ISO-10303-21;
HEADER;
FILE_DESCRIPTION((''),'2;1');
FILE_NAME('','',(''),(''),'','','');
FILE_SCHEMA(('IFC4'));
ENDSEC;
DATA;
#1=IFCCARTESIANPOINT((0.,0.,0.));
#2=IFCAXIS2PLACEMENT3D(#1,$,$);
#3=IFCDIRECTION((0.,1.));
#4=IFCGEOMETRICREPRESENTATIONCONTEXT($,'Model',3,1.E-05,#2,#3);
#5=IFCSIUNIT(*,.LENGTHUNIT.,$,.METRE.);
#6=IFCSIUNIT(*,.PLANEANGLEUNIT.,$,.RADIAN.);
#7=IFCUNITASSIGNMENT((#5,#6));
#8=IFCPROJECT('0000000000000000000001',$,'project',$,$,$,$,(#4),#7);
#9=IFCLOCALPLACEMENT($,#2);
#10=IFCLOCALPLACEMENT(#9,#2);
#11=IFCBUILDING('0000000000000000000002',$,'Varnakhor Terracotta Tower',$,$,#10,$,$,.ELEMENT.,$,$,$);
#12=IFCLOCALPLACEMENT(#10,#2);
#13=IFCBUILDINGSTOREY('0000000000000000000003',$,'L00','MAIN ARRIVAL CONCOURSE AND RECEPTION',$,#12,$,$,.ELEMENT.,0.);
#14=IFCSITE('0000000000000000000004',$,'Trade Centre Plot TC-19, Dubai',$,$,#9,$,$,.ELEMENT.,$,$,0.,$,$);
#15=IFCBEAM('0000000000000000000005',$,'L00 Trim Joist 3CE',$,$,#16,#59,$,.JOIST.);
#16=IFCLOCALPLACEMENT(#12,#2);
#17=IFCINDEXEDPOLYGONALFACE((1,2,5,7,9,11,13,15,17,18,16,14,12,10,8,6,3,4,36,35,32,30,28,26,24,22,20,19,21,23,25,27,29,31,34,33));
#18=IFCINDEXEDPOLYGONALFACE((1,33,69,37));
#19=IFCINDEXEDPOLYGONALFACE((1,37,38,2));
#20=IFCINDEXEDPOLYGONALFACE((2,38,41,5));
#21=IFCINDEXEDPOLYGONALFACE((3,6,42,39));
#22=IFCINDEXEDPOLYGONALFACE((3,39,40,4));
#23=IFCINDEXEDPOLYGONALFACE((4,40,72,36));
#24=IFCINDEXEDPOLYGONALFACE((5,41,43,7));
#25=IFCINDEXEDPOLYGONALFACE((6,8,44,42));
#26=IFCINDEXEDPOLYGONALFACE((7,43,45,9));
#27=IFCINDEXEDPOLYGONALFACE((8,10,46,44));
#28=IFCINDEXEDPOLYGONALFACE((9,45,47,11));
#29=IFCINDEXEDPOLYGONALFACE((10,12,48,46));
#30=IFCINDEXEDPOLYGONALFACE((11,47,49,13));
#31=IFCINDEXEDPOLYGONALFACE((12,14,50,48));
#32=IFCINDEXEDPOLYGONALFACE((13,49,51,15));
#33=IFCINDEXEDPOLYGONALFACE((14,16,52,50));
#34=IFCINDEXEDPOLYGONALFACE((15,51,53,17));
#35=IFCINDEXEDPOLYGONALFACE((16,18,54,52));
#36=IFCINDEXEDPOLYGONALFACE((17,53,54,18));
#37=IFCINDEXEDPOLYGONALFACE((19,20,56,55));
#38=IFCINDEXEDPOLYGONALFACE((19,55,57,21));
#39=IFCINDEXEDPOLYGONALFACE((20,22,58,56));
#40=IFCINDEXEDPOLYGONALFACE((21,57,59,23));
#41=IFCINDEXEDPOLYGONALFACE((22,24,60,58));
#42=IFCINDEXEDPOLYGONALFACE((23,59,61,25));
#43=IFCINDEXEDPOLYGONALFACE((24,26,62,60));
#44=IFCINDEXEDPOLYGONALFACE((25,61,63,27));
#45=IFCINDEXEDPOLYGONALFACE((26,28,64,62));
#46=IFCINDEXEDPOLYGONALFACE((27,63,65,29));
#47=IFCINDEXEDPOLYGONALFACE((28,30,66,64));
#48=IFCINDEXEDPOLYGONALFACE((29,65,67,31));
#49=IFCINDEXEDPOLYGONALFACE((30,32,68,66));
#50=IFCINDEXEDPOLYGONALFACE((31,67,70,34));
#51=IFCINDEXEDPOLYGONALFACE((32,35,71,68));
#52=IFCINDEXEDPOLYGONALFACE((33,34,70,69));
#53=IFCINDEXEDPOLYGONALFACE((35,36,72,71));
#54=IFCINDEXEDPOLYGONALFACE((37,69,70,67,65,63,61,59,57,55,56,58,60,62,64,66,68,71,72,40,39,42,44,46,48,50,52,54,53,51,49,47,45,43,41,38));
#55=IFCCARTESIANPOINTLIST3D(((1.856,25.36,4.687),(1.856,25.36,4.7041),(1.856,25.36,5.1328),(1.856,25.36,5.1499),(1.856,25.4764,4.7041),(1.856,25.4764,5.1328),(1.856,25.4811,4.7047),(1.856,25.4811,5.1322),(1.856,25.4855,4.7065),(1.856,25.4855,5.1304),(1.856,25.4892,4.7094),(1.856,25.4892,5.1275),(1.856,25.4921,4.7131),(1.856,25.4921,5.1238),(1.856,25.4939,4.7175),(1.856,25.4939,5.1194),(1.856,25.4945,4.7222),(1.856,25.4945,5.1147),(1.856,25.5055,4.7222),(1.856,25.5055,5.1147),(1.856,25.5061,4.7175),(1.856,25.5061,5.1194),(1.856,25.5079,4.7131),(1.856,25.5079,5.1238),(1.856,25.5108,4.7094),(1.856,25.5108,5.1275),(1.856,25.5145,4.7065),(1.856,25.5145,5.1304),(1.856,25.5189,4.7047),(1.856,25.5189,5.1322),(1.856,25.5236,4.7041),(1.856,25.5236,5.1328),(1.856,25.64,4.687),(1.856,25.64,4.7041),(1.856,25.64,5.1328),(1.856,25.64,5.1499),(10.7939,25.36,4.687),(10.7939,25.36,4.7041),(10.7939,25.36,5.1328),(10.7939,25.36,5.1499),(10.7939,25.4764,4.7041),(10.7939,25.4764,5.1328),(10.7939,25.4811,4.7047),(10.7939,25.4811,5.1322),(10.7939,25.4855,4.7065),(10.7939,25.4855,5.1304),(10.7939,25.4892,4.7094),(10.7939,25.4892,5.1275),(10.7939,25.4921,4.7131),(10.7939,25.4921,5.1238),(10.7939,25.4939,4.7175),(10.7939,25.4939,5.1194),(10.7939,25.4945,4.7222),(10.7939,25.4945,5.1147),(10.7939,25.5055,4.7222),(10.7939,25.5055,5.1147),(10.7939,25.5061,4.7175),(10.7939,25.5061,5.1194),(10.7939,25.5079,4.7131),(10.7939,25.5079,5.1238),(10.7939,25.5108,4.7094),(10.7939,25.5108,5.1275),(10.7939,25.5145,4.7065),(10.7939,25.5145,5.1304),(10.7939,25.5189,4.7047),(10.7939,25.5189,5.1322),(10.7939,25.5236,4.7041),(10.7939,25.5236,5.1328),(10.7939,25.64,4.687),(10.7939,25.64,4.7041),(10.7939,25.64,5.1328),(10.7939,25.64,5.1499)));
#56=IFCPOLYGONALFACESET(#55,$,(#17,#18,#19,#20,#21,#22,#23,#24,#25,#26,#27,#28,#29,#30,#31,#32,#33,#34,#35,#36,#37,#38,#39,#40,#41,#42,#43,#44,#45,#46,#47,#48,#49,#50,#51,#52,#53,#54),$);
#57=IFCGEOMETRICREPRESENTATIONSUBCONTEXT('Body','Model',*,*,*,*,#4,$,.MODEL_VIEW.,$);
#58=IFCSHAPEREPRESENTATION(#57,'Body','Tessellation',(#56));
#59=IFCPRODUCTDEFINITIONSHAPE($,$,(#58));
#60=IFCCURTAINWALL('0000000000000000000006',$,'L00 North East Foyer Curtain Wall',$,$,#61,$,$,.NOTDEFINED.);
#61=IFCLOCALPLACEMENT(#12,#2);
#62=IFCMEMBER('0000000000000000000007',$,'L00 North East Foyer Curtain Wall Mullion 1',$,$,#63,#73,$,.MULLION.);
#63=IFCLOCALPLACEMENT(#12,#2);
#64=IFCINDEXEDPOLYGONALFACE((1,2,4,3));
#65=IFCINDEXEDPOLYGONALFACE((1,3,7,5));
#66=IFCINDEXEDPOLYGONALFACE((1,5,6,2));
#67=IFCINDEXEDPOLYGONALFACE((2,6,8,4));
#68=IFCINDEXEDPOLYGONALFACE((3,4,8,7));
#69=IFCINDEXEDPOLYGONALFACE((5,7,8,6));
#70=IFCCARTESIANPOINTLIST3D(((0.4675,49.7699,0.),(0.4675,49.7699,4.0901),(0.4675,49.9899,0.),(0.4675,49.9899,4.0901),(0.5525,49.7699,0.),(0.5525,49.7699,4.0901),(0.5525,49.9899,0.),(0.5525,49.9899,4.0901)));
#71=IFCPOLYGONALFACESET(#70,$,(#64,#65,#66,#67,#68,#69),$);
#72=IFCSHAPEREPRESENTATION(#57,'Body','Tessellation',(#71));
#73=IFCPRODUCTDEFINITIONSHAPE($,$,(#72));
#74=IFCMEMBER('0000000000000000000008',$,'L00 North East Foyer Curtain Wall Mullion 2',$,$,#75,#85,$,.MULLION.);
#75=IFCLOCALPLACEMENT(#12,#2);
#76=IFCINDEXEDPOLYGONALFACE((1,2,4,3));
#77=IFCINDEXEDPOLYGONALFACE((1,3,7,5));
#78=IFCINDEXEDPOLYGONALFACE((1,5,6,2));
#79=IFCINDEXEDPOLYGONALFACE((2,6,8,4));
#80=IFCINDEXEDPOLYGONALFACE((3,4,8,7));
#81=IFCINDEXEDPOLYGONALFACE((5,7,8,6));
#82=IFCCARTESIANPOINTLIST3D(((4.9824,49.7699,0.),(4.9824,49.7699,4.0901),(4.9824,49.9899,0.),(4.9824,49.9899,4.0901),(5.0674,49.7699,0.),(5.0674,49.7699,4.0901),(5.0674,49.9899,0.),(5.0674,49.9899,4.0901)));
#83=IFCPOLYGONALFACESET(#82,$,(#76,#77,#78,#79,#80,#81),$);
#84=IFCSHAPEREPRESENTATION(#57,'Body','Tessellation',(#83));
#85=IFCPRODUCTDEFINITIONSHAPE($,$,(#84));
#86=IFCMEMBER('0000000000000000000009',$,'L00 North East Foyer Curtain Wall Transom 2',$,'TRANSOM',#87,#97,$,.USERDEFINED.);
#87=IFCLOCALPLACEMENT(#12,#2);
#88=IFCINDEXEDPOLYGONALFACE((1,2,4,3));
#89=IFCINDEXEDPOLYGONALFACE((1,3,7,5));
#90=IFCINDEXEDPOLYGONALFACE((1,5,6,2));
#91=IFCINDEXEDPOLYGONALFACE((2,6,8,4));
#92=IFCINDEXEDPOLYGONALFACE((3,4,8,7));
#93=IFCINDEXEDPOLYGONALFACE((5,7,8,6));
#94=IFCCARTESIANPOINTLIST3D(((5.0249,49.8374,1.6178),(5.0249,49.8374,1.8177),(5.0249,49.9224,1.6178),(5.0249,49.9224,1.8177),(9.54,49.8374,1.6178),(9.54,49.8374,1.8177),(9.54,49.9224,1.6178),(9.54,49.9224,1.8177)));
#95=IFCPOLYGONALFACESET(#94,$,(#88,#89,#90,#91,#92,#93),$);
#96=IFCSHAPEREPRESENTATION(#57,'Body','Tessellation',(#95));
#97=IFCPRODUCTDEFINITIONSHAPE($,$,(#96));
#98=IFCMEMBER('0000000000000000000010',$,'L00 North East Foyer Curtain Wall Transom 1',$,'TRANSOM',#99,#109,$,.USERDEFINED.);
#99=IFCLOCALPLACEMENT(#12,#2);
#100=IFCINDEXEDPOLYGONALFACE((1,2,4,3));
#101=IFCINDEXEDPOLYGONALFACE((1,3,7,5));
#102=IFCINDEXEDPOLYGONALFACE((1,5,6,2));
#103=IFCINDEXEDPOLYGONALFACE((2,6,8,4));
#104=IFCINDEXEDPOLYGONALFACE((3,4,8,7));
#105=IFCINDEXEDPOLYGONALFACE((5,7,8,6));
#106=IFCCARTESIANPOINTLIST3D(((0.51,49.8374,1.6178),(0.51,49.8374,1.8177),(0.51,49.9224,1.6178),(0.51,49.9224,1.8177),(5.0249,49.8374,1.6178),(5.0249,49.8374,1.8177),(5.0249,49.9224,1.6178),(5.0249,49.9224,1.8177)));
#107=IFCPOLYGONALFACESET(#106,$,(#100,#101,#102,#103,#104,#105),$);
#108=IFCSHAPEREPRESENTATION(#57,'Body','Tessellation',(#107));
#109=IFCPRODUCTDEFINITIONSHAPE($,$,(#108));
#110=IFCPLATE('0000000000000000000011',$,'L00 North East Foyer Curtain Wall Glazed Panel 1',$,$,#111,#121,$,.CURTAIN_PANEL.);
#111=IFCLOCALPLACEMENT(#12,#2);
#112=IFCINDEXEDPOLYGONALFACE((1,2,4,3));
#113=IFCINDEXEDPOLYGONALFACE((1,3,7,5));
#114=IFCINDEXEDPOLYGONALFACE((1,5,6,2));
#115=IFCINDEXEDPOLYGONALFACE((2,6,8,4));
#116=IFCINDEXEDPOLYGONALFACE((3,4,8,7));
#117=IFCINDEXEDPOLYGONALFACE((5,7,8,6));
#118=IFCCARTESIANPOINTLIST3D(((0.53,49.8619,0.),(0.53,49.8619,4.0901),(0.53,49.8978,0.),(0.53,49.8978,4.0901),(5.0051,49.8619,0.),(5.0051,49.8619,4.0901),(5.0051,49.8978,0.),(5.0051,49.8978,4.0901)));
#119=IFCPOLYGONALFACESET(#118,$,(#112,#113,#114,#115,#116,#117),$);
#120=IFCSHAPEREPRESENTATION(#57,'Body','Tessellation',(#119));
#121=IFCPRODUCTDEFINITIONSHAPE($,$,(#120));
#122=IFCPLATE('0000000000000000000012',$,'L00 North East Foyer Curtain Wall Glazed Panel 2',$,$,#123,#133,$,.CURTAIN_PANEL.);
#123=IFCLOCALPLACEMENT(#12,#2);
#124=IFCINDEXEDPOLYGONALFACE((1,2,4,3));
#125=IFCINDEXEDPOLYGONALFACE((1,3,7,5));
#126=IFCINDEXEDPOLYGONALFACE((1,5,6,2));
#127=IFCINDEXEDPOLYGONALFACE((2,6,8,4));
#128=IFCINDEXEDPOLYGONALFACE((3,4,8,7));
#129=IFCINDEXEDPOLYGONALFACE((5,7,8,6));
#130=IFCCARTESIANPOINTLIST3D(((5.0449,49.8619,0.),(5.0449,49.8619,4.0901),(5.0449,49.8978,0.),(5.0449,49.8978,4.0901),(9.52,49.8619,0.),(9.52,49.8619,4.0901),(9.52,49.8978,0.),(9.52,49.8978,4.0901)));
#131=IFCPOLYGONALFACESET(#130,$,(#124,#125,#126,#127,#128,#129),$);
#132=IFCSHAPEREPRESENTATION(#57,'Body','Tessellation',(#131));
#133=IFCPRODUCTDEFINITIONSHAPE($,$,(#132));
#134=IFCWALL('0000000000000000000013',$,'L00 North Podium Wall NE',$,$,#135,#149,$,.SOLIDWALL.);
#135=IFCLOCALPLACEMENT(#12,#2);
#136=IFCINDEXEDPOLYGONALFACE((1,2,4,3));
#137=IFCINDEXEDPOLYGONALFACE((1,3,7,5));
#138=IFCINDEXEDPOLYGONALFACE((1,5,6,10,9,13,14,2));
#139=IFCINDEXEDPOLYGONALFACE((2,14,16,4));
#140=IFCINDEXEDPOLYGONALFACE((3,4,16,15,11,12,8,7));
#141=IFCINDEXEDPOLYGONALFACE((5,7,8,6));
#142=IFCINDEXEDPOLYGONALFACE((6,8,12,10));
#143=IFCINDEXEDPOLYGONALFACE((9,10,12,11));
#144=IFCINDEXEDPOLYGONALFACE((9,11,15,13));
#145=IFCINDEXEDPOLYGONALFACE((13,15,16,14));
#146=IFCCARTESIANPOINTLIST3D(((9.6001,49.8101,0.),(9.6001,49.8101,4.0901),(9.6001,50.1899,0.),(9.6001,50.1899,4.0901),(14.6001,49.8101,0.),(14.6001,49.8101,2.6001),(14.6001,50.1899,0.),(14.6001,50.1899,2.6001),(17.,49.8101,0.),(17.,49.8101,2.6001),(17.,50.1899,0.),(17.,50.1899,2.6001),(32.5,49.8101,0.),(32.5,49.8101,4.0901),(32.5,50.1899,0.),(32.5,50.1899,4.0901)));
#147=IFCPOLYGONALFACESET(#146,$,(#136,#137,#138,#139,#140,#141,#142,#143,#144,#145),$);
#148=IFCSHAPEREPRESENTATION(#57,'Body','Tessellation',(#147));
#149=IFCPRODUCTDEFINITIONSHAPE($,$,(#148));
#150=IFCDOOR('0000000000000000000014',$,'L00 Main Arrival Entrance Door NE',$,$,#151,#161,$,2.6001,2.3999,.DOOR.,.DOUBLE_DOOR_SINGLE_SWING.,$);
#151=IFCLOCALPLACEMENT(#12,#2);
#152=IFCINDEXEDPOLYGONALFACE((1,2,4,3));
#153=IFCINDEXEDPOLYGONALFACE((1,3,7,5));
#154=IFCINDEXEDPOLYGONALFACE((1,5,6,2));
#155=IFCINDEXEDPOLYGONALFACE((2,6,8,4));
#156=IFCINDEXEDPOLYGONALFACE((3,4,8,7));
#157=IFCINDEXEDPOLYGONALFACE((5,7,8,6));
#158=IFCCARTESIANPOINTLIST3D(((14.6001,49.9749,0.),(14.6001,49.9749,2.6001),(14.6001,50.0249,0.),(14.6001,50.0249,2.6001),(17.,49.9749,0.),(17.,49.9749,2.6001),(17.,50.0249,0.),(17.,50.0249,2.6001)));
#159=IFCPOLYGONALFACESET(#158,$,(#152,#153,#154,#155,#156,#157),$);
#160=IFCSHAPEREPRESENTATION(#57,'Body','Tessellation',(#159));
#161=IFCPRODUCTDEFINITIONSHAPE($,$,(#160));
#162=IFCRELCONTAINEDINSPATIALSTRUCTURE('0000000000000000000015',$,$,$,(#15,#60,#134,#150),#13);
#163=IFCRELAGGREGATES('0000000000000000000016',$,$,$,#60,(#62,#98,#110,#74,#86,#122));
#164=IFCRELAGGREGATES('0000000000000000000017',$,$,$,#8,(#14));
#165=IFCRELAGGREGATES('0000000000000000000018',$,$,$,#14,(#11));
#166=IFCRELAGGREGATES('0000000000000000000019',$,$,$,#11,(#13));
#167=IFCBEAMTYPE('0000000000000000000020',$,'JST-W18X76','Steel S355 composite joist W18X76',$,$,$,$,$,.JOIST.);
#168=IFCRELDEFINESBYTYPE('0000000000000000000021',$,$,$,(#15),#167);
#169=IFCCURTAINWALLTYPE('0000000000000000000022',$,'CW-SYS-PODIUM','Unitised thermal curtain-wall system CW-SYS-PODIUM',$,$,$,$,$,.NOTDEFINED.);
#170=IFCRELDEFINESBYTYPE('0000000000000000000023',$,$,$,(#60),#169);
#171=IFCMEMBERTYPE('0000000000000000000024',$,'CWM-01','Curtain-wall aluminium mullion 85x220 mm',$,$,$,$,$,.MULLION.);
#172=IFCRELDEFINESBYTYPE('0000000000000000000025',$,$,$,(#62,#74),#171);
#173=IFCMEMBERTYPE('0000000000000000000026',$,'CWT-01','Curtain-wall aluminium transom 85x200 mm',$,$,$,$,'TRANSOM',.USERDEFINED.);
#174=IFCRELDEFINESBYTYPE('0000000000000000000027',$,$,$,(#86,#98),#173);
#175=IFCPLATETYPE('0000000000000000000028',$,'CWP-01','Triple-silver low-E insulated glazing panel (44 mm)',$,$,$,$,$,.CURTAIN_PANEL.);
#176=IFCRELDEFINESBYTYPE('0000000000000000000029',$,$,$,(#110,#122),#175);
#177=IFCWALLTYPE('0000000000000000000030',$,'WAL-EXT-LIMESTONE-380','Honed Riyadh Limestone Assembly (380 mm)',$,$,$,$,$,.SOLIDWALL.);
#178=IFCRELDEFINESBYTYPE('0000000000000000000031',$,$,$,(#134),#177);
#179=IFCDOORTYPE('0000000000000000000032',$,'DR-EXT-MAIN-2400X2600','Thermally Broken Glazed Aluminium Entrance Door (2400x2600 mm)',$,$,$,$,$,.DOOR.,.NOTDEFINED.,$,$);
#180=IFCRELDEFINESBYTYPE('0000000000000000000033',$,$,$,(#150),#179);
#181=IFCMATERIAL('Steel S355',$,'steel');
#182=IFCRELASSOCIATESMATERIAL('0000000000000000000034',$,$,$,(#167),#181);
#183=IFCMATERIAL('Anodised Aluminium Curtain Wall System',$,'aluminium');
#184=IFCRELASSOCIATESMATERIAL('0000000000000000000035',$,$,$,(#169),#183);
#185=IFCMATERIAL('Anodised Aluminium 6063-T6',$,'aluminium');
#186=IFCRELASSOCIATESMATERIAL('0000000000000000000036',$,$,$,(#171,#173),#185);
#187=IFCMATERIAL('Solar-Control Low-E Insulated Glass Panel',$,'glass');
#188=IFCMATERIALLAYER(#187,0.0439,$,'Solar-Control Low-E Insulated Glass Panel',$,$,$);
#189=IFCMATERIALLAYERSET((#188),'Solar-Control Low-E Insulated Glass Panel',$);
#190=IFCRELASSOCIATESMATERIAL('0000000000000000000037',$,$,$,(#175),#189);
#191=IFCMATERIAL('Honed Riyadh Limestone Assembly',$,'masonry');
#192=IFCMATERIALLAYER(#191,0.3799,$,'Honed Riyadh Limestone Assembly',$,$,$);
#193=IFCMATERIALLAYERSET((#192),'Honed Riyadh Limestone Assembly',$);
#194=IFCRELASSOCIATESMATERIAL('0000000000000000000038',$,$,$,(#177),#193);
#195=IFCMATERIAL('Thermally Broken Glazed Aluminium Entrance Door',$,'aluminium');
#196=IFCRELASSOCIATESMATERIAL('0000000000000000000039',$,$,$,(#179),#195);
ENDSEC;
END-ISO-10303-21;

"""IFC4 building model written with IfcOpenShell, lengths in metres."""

from ifc_helpers import new_model, si_unit, direction, frame, frame_2d, origin, origin_2d, place, context, subcontext, project, spatial, rectangle, i_section, extrude, source, transform, mapped, material, layer, layer_set, material_profile, profile_set, type_object, type_shapes, element, fill, aggregate, save


model = new_model("IFC4")

# Units and contexts
model_context = context("Model", 3, precision=1e-05, world=origin(), true_north=direction((0.0, 1.0)))
body_context = subcontext(model_context, "Body", "Model", "MODEL_VIEW")
ifc_project = project(units=[si_unit("LENGTHUNIT", "METRE"), si_unit("PLANEANGLEUNIT", "RADIAN")], contexts=[model_context])

# Site, building, storey
site_placement = place(None, origin())
site = spatial("IfcSite", under=ifc_project, at=site_placement, Name="Trade Centre Plot TC-19, Dubai", CompositionType="ELEMENT", RefElevation=0.0)
building_placement = place(site_placement, origin())
building = spatial("IfcBuilding", under=site, at=building_placement, Name="Varnakhor Terracotta Tower", CompositionType="ELEMENT")
storey_placement = place(building_placement, origin())
storey = spatial("IfcBuildingStorey", under=building, at=storey_placement, Name="L00", Description="MAIN ARRIVAL CONCOURSE AND RECEPTION", CompositionType="ELEMENT", Elevation=0.0)

# Shared definitions
ifc_material_1 = material(Name="Steel S355", Category="steel")

# Beam
ifc_material_profile_1 = material_profile(ifc_material_1, i_section(OverallWidth=0.28, OverallDepth=0.4629, WebThickness=0.011, FlangeThickness=0.0171, FilletRadius=0.0181, at=origin_2d()), Name="W18X76")
ifc_profile_set_1 = profile_set([ifc_material_profile_1], Name="Steel S355")
beam_type_1 = type_object("IfcBeamType", Name="JST-W18X76", Description="Steel S355 composite joist W18X76", PredefinedType="JOIST", material=ifc_profile_set_1)
shared_shape_1 = source(origin(), body_context, "Body", "SweptSolid", [
    extrude(i_section(OverallWidth=0.28, OverallDepth=0.4629, WebThickness=0.011, FlangeThickness=0.0171, FilletRadius=0.0181, at=origin_2d()), origin(), (0.0, 0.0, 1.0), 8.938),
])
for number, where, z_axis, x_axis, name in (
    (1, (1.856, 25.5, 4.9185), (1.0, 0.0, 0.0), (0.0, 1.0, 0.0), "L00 Trim Joist 3CE"),
):
    element("IfcBeam", number, at=place(storey_placement, frame(where, z_axis=z_axis, x_axis=x_axis)), inside=storey, type_object=beam_type_1, Name=name, PredefinedType="JOIST", context=body_context, shape_type="MappedRepresentation", body=[
        mapped(shared_shape_1, transform((0.0, 0.0, 0.0), scale=1.0)),
    ])

# Curtain wall, members, plates
ifc_material_2 = material(Name="Anodised Aluminium Curtain Wall System", Category="aluminium")
curtain_wall_type = type_object("IfcCurtainWallType", Name="CW-SYS-PODIUM", Description="Unitised thermal curtain-wall system CW-SYS-PODIUM", PredefinedType="NOTDEFINED", material=ifc_material_2)
curtain_wall_placement = place(storey_placement, origin())
curtain_wall = element("IfcCurtainWall", 2, at=curtain_wall_placement, inside=storey, type_object=curtain_wall_type, Name="L00 North East Foyer Curtain Wall", PredefinedType="NOTDEFINED")
ifc_material_3 = material(Name="Anodised Aluminium 6063-T6", Category="aluminium")
ifc_material_profile_2 = material_profile(ifc_material_3, rectangle(XDim=0.085, YDim=0.22, at=origin_2d()), Name="ALU MULLION 85x220")
ifc_profile_set_2 = profile_set([ifc_material_profile_2], Name="Anodised Aluminium 6063-T6")
member_type_1 = type_object("IfcMemberType", Name="CWM-01", Description="Curtain-wall aluminium mullion 85x220 mm", PredefinedType="MULLION", material=ifc_profile_set_2)
shared_shape_2 = source(origin(), body_context, "Body", "SweptSolid", [
    extrude(rectangle(XDim=0.085, YDim=0.22, at=origin_2d()), origin(), (0.0, 0.0, 1.0), 4.0901),
])
type_shapes(member_type_1, [shared_shape_2])
member_1_placement = place(storey_placement, frame((0.51, 49.8799, 0.0), z_axis=(0.0, 0.0, 1.0), x_axis=(1.0, 0.0, 0.0)))
member_1 = element("IfcMember", 3, at=member_1_placement, type_object=member_type_1, Name="L00 North East Foyer Curtain Wall Mullion 1", PredefinedType="MULLION", context=body_context, shape_type="MappedRepresentation", body=[
    mapped(shared_shape_2, transform((0.0, 0.0, 0.0), scale=1.0)),
])
member_2_placement = place(storey_placement, frame((5.0249, 49.8799, 0.0), z_axis=(0.0, 0.0, 1.0), x_axis=(1.0, 0.0, 0.0)))
member_2 = element("IfcMember", 4, at=member_2_placement, type_object=member_type_1, Name="L00 North East Foyer Curtain Wall Mullion 2", PredefinedType="MULLION", context=body_context, shape_type="MappedRepresentation", body=[
    mapped(shared_shape_2, transform((0.0, 0.0, 0.0), scale=1.0)),
])
ifc_material_profile_3 = material_profile(ifc_material_3, rectangle(XDim=0.085, YDim=0.2, at=origin_2d()), Name="ALU TRANSOM 85x200")
ifc_profile_set_3 = profile_set([ifc_material_profile_3], Name="Anodised Aluminium 6063-T6")
member_type_2 = type_object("IfcMemberType", Name="CWT-01", Description="Curtain-wall aluminium transom 85x200 mm", ElementType="TRANSOM", PredefinedType="USERDEFINED", material=ifc_profile_set_3)
shared_shape_3 = source(origin(), body_context, "Body", "SweptSolid", [
    extrude(rectangle(XDim=0.085, YDim=0.2, at=origin_2d()), origin(), (0.0, 0.0, 1.0), 4.5151),
])
type_shapes(member_type_2, [shared_shape_3])
member_3_placement = place(storey_placement, frame((5.0249, 49.8799, 1.7178), z_axis=(1.0, 0.0, 0.0), x_axis=(0.0, 1.0, 0.0)))
member_3 = element("IfcMember", 5, at=member_3_placement, type_object=member_type_2, Name="L00 North East Foyer Curtain Wall Transom 2", ObjectType="TRANSOM", PredefinedType="USERDEFINED", context=body_context, shape_type="MappedRepresentation", body=[
    mapped(shared_shape_3, transform((0.0, 0.0, 0.0), scale=1.0)),
])
shared_shape_4 = source(origin(), body_context, "Body", "SweptSolid", [
    extrude(rectangle(XDim=0.085, YDim=0.2, at=origin_2d()), origin(), (0.0, 0.0, 1.0), 4.5149),
])
member_4_placement = place(storey_placement, frame((0.51, 49.8799, 1.7178), z_axis=(1.0, 0.0, 0.0), x_axis=(0.0, 1.0, 0.0)))
member_4 = element("IfcMember", 6, at=member_4_placement, type_object=member_type_2, Name="L00 North East Foyer Curtain Wall Transom 1", ObjectType="TRANSOM", PredefinedType="USERDEFINED", context=body_context, shape_type="MappedRepresentation", body=[
    mapped(shared_shape_4, transform((0.0, 0.0, 0.0), scale=1.0)),
])
ifc_material_4 = material(Name="Solar-Control Low-E Insulated Glass Panel", Category="glass")
ifc_layer_1 = layer(ifc_material_4, 0.0439, Name="Solar-Control Low-E Insulated Glass Panel")
ifc_layer_set_1 = layer_set([ifc_layer_1], Name="Solar-Control Low-E Insulated Glass Panel")
plate_type = type_object("IfcPlateType", Name="CWP-01", Description="Triple-silver low-E insulated glazing panel (44 mm)", PredefinedType="CURTAIN_PANEL", material=ifc_layer_set_1)
shared_shape_5 = source(origin(), body_context, "Body", "SweptSolid", [
    extrude(rectangle(XDim=4.4751, YDim=0.0359, at=origin_2d()), origin(), (0.0, 0.0, 1.0), 4.0901),
])
type_shapes(plate_type, [shared_shape_5])
plate_1_placement = place(storey_placement, frame((2.7676, 49.8799, 0.0), z_axis=(0.0, 0.0, 1.0), x_axis=(1.0, 0.0, 0.0)))
plate_1 = element("IfcPlate", 7, at=plate_1_placement, type_object=plate_type, Name="L00 North East Foyer Curtain Wall Glazed Panel 1", PredefinedType="CURTAIN_PANEL", context=body_context, shape_type="MappedRepresentation", body=[
    mapped(shared_shape_5, transform((0.0, 0.0, 0.0), scale=1.0)),
])
plate_2_placement = place(storey_placement, frame((7.2825, 49.8799, 0.0), z_axis=(0.0, 0.0, 1.0), x_axis=(1.0, 0.0, 0.0)))
plate_2 = element("IfcPlate", 8, at=plate_2_placement, type_object=plate_type, Name="L00 North East Foyer Curtain Wall Glazed Panel 2", PredefinedType="CURTAIN_PANEL", context=body_context, shape_type="MappedRepresentation", body=[
    mapped(shared_shape_5, transform((0.0, 0.0, 0.0), scale=1.0)),
])
aggregate(curtain_wall, [member_1, member_4, plate_1, member_2, member_3, plate_2])

# Wall, opening, door
ifc_material_5 = material(Name="Honed Riyadh Limestone Assembly", Category="masonry")
ifc_layer_2 = layer(ifc_material_5, 0.3799, Name="Honed Riyadh Limestone Assembly")
ifc_layer_set_2 = layer_set([ifc_layer_2], Name="Honed Riyadh Limestone Assembly")
wall_type_1 = type_object("IfcWallType", Name="WAL-EXT-LIMESTONE-380", Description="Honed Riyadh Limestone Assembly (380 mm)", PredefinedType="SOLIDWALL", material=ifc_layer_set_2)
wall_1_placement = place(storey_placement, frame((9.6001, 50.0, 0.0), z_axis=(0.0, 0.0, 1.0), x_axis=(1.0, 0.0, 0.0)))
wall_1 = element("IfcWall", 9, at=wall_1_placement, inside=storey, type_object=wall_type_1, Name="L00 North Podium Wall NE", PredefinedType="SOLIDWALL", context=body_context, shape_type="SweptSolid", body=[
    extrude(rectangle(XDim=22.8999, YDim=0.3799, at=frame_2d((11.45, 0.0))), origin(), (0.0, 0.0, 1.0), 4.0901),
])
opening_1_placement = place(wall_1_placement, frame((5.0, 0.0, 0.0)))
opening_1 = element("IfcOpeningElement", 10, at=opening_1_placement, cuts=wall_1, PredefinedType="OPENING", context=body_context, shape_type="SweptSolid", body=[
    extrude(rectangle(XDim=2.3999, YDim=2.6001, at=frame_2d((1.2, 1.3))), frame((0.0, 0.2, 0.0), z_axis=(0.0, -1.0, 0.0), x_axis=(1.0, 0.0, 0.0)), (0.0, 0.0, 1.0), 0.3999),
])
ifc_material_6 = material(Name="Thermally Broken Glazed Aluminium Entrance Door", Category="aluminium")
door_type_1 = type_object("IfcDoorType", Name="DR-EXT-MAIN-2400X2600", Description="Thermally Broken Glazed Aluminium Entrance Door (2400x2600 mm)", OperationType="NOTDEFINED", PredefinedType="DOOR", material=ifc_material_6)
shared_shape_6 = source(origin(), body_context, "Body", "SweptSolid", [
    extrude(rectangle(XDim=2.3999, YDim=2.6001, at=frame_2d((1.2, 1.3))), frame((0.0, 0.0249, 0.0), z_axis=(0.0, -1.0, 0.0), x_axis=(1.0, 0.0, 0.0)), (0.0, 0.0, 1.0), 0.05),
])
type_shapes(door_type_1, [shared_shape_6])
door_1_placement = place(opening_1_placement, origin())
door_1 = element("IfcDoor", 11, at=door_1_placement, inside=storey, type_object=door_type_1, Name="L00 Main Arrival Entrance Door NE", OperationType="DOUBLE_DOOR_SINGLE_SWING", OverallHeight=2.6001, OverallWidth=2.3999, PredefinedType="DOOR", context=body_context, shape_type="MappedRepresentation", body=[
    mapped(shared_shape_6, transform((0.0, 0.0, 0.0), scale=1.0)),
])
fill(opening_1, door_1)

save(model, "model.ifc")
